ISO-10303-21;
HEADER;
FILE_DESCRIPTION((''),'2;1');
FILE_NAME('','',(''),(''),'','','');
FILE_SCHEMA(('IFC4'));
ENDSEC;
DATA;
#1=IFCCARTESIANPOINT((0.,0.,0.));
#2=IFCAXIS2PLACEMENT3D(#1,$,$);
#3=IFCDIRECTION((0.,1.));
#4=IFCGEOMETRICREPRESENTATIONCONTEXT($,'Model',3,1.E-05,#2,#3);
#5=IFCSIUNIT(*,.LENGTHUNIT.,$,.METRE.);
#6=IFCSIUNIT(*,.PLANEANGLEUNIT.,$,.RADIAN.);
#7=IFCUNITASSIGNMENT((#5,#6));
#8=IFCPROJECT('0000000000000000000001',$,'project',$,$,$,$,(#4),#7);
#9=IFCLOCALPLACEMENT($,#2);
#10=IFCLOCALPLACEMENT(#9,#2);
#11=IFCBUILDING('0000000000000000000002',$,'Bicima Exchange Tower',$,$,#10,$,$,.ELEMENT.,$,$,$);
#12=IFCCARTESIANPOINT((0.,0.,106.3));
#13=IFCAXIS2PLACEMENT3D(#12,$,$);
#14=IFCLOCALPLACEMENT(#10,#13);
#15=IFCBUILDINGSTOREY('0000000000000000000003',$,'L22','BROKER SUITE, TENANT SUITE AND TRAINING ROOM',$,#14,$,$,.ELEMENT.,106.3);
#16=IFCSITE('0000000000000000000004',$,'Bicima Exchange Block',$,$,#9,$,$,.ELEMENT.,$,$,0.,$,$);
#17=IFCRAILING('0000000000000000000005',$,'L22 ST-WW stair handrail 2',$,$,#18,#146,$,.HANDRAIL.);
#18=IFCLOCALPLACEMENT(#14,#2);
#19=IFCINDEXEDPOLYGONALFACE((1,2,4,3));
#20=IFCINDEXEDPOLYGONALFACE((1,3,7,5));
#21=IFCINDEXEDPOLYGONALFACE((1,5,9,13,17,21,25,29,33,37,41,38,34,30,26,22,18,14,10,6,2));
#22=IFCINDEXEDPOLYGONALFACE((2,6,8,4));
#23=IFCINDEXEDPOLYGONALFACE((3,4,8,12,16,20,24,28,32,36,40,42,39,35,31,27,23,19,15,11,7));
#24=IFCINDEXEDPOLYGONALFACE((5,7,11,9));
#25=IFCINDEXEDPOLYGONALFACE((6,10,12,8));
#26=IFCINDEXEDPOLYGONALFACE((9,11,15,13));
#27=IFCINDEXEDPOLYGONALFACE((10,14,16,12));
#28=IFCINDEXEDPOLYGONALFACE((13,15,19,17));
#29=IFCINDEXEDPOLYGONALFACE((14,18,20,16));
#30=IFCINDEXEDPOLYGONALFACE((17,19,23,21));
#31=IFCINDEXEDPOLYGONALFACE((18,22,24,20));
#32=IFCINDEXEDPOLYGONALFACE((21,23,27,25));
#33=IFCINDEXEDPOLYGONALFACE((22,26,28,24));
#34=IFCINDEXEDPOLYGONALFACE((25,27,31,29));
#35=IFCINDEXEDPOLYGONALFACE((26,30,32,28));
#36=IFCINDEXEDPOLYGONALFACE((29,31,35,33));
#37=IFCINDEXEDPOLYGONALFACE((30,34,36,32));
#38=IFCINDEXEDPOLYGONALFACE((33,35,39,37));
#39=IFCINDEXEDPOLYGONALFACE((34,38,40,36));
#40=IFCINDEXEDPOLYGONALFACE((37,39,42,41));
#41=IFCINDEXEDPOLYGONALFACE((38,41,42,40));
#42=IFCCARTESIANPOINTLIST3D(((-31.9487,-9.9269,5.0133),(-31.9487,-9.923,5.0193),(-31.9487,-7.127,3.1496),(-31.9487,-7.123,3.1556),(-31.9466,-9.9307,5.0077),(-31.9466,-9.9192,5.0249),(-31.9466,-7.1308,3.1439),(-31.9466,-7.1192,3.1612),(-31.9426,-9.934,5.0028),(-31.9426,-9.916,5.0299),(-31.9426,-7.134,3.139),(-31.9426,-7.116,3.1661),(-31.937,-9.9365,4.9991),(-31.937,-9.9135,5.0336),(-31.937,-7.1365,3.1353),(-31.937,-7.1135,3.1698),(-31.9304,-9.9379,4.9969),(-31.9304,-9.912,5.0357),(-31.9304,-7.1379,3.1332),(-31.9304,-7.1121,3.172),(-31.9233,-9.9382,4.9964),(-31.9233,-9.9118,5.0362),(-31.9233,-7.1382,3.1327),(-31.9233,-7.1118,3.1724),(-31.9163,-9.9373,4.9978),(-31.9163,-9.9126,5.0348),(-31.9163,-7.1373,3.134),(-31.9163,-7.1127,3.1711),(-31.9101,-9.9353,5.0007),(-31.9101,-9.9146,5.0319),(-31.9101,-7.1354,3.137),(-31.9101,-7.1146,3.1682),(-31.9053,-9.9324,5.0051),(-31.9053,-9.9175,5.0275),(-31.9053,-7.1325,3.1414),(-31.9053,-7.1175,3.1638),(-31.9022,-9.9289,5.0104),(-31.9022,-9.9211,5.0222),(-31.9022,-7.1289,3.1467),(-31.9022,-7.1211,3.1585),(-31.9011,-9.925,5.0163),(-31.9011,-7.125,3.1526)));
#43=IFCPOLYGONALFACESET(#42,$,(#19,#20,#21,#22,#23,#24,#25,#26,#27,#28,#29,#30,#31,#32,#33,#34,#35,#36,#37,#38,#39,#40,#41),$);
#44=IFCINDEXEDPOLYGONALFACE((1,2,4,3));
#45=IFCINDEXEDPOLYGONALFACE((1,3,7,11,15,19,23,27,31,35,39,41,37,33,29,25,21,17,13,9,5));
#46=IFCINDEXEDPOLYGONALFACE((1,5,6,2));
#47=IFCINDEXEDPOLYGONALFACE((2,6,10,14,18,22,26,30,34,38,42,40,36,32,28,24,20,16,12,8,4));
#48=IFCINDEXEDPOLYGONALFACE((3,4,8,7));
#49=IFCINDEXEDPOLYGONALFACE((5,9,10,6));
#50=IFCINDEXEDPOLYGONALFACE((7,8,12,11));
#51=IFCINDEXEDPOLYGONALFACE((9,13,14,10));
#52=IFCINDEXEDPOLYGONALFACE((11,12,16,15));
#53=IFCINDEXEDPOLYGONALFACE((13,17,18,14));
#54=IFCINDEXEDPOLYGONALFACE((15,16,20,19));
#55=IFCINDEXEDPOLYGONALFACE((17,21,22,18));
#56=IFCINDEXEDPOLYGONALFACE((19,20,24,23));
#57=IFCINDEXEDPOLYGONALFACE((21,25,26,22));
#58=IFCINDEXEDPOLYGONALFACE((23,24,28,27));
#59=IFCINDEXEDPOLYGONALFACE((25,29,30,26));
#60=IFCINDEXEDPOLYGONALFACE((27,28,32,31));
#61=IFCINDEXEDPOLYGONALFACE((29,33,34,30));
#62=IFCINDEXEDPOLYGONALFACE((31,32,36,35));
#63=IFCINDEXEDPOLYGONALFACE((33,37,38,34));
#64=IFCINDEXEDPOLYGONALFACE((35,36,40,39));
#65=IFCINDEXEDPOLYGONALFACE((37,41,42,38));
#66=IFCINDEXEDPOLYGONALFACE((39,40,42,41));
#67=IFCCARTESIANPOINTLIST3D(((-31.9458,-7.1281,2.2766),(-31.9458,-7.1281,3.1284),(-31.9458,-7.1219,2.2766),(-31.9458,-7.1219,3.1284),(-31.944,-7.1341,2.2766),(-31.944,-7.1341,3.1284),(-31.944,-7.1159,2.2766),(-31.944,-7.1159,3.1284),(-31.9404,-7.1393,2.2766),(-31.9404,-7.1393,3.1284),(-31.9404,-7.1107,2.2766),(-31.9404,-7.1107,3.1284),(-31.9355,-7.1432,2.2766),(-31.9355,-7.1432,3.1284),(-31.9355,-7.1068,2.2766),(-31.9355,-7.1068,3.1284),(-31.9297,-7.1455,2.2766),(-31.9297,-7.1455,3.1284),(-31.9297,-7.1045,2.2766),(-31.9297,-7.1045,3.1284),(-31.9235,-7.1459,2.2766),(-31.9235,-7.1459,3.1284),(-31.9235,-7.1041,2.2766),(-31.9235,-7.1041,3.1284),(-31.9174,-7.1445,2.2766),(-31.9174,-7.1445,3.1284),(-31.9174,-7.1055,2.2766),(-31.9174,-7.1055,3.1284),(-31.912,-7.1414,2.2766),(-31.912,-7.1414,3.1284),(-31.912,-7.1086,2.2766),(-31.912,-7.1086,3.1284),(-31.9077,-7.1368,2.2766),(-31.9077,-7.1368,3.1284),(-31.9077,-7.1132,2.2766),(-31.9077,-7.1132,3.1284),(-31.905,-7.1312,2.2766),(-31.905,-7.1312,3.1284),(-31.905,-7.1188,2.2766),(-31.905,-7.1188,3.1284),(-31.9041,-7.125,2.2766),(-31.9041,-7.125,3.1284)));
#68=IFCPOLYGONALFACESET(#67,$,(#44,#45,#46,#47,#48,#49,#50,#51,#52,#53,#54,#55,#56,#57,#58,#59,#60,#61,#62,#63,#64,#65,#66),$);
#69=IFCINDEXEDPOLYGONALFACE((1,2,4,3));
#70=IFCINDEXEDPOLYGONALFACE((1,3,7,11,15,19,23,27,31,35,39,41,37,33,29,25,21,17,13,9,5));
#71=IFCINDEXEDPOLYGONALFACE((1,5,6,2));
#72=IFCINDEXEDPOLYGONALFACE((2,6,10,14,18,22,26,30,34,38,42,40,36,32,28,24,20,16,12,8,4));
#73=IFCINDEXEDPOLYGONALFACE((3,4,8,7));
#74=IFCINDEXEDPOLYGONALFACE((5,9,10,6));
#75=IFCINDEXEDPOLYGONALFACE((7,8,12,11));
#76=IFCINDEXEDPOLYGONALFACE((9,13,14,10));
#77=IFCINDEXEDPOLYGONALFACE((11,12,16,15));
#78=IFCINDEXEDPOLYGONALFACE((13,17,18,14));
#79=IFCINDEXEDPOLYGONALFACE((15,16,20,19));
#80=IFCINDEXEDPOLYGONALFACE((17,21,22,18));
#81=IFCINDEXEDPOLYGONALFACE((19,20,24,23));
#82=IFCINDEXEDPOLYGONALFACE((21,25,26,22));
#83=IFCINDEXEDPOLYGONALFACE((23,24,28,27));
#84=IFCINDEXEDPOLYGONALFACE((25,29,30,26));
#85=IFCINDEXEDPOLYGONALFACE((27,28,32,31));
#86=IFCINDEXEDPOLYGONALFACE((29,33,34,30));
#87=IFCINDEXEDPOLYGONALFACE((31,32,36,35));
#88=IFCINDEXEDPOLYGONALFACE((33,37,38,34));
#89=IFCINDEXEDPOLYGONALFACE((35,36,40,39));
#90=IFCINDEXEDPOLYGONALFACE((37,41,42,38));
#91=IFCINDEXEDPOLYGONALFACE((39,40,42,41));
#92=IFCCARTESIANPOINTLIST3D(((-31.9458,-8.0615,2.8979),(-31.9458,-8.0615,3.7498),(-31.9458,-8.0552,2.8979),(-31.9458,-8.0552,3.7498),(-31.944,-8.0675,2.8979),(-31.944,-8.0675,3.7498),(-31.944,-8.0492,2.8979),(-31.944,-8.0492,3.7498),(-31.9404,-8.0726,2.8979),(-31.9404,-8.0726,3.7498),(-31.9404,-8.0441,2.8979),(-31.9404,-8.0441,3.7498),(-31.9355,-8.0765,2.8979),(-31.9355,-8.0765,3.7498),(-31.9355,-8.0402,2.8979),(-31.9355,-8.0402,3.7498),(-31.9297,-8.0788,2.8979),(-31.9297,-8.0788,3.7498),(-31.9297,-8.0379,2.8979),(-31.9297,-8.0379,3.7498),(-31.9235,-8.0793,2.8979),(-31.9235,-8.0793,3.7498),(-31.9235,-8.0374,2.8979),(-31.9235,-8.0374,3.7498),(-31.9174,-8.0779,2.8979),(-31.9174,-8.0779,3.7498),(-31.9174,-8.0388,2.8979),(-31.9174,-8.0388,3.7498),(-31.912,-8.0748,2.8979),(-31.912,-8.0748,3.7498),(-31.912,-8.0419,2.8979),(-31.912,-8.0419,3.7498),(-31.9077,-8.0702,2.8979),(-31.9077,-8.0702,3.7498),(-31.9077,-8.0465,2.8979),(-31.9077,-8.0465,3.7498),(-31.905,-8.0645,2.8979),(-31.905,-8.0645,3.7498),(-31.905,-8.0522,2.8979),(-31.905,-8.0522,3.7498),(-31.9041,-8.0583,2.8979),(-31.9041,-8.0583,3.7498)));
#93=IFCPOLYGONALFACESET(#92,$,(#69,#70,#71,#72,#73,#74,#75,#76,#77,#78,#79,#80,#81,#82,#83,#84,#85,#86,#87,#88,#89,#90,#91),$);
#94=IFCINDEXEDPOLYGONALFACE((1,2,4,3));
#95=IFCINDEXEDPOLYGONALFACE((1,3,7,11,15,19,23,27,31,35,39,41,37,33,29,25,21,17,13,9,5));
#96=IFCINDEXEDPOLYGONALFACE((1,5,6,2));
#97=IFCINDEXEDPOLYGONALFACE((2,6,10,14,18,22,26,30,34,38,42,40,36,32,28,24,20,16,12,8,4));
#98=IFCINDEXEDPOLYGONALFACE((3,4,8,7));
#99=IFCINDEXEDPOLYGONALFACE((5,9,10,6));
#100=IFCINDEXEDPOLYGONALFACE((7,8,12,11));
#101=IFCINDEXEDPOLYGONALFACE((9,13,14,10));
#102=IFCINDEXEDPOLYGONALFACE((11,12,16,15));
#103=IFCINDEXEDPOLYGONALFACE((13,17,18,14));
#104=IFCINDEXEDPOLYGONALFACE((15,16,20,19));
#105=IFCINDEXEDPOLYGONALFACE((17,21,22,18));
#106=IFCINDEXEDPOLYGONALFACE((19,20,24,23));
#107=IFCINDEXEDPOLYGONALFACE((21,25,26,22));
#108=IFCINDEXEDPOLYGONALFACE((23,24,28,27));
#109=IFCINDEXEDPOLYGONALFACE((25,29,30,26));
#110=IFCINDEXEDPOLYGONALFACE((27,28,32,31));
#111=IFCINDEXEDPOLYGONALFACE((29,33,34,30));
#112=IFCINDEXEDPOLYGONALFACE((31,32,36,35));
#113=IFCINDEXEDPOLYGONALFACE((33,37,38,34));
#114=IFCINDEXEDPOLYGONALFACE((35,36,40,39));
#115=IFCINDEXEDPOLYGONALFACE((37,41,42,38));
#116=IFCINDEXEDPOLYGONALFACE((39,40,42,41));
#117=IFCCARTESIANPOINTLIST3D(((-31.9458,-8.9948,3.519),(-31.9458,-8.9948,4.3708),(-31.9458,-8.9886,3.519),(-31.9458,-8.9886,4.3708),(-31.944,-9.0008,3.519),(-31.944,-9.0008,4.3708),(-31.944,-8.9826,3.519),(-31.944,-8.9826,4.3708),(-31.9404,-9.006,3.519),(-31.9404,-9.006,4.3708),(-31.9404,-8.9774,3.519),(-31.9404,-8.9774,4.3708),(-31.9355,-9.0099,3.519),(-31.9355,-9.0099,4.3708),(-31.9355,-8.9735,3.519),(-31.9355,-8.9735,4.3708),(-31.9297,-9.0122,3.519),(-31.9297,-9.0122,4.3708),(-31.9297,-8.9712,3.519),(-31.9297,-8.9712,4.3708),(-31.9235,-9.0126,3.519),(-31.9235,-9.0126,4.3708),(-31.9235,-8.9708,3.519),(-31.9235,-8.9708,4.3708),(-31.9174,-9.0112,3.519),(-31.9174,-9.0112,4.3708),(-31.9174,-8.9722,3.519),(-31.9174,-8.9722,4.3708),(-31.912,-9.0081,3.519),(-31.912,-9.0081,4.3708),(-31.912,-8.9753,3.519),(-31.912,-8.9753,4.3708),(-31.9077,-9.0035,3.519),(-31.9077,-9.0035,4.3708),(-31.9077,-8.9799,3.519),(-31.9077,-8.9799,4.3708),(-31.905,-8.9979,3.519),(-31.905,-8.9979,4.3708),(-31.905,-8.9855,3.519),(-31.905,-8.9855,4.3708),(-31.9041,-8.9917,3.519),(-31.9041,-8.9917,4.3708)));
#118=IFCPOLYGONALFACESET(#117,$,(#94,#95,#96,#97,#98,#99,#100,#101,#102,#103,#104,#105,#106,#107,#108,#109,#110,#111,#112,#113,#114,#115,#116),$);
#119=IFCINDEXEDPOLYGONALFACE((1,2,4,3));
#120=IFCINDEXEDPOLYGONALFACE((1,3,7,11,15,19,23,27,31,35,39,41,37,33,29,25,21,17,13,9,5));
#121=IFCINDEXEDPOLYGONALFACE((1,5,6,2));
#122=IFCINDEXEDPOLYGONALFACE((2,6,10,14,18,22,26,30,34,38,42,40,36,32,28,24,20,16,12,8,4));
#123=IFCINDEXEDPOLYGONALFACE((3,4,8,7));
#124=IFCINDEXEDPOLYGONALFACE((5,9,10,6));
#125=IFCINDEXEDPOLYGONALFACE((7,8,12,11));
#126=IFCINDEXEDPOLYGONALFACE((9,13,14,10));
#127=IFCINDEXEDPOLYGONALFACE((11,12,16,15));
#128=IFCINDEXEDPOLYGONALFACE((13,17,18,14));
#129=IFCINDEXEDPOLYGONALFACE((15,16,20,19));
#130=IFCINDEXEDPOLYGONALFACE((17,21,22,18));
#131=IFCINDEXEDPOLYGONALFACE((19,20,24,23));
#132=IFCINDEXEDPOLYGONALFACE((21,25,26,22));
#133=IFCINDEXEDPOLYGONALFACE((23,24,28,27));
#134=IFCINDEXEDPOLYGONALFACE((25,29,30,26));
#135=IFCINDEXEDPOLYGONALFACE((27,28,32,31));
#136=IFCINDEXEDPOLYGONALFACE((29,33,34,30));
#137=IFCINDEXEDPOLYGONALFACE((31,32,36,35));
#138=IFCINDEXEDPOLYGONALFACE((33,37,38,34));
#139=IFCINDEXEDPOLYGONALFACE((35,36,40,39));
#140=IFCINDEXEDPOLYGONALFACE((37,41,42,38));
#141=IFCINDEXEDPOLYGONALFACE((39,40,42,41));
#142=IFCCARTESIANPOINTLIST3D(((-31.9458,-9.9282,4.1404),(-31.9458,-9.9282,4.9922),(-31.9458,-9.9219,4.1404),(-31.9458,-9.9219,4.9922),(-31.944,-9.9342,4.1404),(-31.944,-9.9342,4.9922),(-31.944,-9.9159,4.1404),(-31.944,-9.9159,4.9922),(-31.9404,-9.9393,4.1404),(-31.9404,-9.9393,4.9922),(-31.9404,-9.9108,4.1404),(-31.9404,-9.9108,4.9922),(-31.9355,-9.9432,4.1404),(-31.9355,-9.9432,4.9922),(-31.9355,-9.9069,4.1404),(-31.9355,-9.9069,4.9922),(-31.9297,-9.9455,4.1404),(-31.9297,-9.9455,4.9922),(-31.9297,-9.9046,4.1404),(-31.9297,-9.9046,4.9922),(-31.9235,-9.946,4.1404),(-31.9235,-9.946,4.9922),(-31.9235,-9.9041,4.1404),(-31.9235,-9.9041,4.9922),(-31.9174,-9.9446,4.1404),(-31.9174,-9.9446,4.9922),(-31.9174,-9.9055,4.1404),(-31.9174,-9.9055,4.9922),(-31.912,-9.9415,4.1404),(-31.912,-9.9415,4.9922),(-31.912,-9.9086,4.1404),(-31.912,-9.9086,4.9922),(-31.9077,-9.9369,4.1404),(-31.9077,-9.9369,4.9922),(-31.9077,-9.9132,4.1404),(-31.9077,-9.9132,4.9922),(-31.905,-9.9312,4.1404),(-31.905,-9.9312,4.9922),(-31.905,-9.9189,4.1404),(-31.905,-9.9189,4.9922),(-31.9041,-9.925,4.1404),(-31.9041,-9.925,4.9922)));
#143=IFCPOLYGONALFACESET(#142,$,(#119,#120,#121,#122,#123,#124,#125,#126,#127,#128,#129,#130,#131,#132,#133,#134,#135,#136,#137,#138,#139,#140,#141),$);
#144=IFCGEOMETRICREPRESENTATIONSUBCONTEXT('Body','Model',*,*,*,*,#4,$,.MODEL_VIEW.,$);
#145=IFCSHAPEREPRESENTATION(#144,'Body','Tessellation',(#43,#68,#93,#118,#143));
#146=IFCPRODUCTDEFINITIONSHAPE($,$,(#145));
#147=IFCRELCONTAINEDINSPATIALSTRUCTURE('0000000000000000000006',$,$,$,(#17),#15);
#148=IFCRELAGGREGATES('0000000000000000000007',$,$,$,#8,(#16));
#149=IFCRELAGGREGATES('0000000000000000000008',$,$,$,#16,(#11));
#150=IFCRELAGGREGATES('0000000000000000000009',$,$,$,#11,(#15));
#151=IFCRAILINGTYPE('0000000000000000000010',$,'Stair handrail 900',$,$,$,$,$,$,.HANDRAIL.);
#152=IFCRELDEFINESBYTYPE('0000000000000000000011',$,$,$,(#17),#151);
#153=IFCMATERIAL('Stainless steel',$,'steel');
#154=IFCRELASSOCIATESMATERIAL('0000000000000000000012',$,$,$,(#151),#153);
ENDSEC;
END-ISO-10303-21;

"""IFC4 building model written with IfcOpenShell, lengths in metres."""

from ifc_helpers import new_model, si_unit, direction, frame, origin, origin_2d, place, context, subcontext, project, spatial, circle, extrude, material, type_object, element, save


model = new_model("IFC4")

# Units and contexts
model_context = context("Model", 3, precision=1e-05, world=origin(), true_north=direction((0.0, 1.0)))
body_context = subcontext(model_context, "Body", "Model", "MODEL_VIEW")
ifc_project = project(units=[si_unit("LENGTHUNIT", "METRE"), si_unit("PLANEANGLEUNIT", "RADIAN")], contexts=[model_context])

# Site, building, storey
site_placement = place(None, origin())
site = spatial("IfcSite", under=ifc_project, at=site_placement, Name="Bicima Exchange Block", CompositionType="ELEMENT", RefElevation=0.0)
building_placement = place(site_placement, origin())
building = spatial("IfcBuilding", under=site, at=building_placement, Name="Bicima Exchange Tower", CompositionType="ELEMENT")
storey_placement = place(building_placement, frame((0.0, 0.0, 106.3)))
storey = spatial("IfcBuildingStorey", under=building, at=storey_placement, Name="L22", Description="BROKER SUITE, TENANT SUITE AND TRAINING ROOM", CompositionType="ELEMENT", Elevation=106.3)

# Railing
ifc_material_1 = material(Name="Stainless steel", Category="steel")
railing_type = type_object("IfcRailingType", Name="Stair handrail 900", PredefinedType="HANDRAIL", material=ifc_material_1)
railing_placement = place(storey_placement, frame((-31.925, -7.125, 2.2766)))
element("IfcRailing", 1, at=railing_placement, inside=storey, type_object=railing_type, Name="L22 ST-WW stair handrail 2", PredefinedType="HANDRAIL", context=body_context, shape_type="SweptSolid", body=[
    extrude(circle(Radius=0.0239, at=origin_2d()), frame((0.0, 0.0, 0.876), z_axis=(0.0, -0.832452, 0.554097), x_axis=(1.0, 0.0, 0.0)), (0.0, 0.0, 1.0), 3.3635),
    extrude(circle(Radius=0.021, at=origin_2d()), origin(), (0.0, 0.0, 1.0), 0.8518),
    extrude(circle(Radius=0.021, at=origin_2d()), frame((0.0, -0.9333, 0.6213)), (0.0, 0.0, 1.0), 0.8518),
    extrude(circle(Radius=0.021, at=origin_2d()), frame((0.0, -1.8667, 1.2424)), (0.0, 0.0, 1.0), 0.8518),
    extrude(circle(Radius=0.021, at=origin_2d()), frame((0.0, -2.8, 1.8638)), (0.0, 0.0, 1.0), 0.8518),
])

save(model, "model.ifc")
